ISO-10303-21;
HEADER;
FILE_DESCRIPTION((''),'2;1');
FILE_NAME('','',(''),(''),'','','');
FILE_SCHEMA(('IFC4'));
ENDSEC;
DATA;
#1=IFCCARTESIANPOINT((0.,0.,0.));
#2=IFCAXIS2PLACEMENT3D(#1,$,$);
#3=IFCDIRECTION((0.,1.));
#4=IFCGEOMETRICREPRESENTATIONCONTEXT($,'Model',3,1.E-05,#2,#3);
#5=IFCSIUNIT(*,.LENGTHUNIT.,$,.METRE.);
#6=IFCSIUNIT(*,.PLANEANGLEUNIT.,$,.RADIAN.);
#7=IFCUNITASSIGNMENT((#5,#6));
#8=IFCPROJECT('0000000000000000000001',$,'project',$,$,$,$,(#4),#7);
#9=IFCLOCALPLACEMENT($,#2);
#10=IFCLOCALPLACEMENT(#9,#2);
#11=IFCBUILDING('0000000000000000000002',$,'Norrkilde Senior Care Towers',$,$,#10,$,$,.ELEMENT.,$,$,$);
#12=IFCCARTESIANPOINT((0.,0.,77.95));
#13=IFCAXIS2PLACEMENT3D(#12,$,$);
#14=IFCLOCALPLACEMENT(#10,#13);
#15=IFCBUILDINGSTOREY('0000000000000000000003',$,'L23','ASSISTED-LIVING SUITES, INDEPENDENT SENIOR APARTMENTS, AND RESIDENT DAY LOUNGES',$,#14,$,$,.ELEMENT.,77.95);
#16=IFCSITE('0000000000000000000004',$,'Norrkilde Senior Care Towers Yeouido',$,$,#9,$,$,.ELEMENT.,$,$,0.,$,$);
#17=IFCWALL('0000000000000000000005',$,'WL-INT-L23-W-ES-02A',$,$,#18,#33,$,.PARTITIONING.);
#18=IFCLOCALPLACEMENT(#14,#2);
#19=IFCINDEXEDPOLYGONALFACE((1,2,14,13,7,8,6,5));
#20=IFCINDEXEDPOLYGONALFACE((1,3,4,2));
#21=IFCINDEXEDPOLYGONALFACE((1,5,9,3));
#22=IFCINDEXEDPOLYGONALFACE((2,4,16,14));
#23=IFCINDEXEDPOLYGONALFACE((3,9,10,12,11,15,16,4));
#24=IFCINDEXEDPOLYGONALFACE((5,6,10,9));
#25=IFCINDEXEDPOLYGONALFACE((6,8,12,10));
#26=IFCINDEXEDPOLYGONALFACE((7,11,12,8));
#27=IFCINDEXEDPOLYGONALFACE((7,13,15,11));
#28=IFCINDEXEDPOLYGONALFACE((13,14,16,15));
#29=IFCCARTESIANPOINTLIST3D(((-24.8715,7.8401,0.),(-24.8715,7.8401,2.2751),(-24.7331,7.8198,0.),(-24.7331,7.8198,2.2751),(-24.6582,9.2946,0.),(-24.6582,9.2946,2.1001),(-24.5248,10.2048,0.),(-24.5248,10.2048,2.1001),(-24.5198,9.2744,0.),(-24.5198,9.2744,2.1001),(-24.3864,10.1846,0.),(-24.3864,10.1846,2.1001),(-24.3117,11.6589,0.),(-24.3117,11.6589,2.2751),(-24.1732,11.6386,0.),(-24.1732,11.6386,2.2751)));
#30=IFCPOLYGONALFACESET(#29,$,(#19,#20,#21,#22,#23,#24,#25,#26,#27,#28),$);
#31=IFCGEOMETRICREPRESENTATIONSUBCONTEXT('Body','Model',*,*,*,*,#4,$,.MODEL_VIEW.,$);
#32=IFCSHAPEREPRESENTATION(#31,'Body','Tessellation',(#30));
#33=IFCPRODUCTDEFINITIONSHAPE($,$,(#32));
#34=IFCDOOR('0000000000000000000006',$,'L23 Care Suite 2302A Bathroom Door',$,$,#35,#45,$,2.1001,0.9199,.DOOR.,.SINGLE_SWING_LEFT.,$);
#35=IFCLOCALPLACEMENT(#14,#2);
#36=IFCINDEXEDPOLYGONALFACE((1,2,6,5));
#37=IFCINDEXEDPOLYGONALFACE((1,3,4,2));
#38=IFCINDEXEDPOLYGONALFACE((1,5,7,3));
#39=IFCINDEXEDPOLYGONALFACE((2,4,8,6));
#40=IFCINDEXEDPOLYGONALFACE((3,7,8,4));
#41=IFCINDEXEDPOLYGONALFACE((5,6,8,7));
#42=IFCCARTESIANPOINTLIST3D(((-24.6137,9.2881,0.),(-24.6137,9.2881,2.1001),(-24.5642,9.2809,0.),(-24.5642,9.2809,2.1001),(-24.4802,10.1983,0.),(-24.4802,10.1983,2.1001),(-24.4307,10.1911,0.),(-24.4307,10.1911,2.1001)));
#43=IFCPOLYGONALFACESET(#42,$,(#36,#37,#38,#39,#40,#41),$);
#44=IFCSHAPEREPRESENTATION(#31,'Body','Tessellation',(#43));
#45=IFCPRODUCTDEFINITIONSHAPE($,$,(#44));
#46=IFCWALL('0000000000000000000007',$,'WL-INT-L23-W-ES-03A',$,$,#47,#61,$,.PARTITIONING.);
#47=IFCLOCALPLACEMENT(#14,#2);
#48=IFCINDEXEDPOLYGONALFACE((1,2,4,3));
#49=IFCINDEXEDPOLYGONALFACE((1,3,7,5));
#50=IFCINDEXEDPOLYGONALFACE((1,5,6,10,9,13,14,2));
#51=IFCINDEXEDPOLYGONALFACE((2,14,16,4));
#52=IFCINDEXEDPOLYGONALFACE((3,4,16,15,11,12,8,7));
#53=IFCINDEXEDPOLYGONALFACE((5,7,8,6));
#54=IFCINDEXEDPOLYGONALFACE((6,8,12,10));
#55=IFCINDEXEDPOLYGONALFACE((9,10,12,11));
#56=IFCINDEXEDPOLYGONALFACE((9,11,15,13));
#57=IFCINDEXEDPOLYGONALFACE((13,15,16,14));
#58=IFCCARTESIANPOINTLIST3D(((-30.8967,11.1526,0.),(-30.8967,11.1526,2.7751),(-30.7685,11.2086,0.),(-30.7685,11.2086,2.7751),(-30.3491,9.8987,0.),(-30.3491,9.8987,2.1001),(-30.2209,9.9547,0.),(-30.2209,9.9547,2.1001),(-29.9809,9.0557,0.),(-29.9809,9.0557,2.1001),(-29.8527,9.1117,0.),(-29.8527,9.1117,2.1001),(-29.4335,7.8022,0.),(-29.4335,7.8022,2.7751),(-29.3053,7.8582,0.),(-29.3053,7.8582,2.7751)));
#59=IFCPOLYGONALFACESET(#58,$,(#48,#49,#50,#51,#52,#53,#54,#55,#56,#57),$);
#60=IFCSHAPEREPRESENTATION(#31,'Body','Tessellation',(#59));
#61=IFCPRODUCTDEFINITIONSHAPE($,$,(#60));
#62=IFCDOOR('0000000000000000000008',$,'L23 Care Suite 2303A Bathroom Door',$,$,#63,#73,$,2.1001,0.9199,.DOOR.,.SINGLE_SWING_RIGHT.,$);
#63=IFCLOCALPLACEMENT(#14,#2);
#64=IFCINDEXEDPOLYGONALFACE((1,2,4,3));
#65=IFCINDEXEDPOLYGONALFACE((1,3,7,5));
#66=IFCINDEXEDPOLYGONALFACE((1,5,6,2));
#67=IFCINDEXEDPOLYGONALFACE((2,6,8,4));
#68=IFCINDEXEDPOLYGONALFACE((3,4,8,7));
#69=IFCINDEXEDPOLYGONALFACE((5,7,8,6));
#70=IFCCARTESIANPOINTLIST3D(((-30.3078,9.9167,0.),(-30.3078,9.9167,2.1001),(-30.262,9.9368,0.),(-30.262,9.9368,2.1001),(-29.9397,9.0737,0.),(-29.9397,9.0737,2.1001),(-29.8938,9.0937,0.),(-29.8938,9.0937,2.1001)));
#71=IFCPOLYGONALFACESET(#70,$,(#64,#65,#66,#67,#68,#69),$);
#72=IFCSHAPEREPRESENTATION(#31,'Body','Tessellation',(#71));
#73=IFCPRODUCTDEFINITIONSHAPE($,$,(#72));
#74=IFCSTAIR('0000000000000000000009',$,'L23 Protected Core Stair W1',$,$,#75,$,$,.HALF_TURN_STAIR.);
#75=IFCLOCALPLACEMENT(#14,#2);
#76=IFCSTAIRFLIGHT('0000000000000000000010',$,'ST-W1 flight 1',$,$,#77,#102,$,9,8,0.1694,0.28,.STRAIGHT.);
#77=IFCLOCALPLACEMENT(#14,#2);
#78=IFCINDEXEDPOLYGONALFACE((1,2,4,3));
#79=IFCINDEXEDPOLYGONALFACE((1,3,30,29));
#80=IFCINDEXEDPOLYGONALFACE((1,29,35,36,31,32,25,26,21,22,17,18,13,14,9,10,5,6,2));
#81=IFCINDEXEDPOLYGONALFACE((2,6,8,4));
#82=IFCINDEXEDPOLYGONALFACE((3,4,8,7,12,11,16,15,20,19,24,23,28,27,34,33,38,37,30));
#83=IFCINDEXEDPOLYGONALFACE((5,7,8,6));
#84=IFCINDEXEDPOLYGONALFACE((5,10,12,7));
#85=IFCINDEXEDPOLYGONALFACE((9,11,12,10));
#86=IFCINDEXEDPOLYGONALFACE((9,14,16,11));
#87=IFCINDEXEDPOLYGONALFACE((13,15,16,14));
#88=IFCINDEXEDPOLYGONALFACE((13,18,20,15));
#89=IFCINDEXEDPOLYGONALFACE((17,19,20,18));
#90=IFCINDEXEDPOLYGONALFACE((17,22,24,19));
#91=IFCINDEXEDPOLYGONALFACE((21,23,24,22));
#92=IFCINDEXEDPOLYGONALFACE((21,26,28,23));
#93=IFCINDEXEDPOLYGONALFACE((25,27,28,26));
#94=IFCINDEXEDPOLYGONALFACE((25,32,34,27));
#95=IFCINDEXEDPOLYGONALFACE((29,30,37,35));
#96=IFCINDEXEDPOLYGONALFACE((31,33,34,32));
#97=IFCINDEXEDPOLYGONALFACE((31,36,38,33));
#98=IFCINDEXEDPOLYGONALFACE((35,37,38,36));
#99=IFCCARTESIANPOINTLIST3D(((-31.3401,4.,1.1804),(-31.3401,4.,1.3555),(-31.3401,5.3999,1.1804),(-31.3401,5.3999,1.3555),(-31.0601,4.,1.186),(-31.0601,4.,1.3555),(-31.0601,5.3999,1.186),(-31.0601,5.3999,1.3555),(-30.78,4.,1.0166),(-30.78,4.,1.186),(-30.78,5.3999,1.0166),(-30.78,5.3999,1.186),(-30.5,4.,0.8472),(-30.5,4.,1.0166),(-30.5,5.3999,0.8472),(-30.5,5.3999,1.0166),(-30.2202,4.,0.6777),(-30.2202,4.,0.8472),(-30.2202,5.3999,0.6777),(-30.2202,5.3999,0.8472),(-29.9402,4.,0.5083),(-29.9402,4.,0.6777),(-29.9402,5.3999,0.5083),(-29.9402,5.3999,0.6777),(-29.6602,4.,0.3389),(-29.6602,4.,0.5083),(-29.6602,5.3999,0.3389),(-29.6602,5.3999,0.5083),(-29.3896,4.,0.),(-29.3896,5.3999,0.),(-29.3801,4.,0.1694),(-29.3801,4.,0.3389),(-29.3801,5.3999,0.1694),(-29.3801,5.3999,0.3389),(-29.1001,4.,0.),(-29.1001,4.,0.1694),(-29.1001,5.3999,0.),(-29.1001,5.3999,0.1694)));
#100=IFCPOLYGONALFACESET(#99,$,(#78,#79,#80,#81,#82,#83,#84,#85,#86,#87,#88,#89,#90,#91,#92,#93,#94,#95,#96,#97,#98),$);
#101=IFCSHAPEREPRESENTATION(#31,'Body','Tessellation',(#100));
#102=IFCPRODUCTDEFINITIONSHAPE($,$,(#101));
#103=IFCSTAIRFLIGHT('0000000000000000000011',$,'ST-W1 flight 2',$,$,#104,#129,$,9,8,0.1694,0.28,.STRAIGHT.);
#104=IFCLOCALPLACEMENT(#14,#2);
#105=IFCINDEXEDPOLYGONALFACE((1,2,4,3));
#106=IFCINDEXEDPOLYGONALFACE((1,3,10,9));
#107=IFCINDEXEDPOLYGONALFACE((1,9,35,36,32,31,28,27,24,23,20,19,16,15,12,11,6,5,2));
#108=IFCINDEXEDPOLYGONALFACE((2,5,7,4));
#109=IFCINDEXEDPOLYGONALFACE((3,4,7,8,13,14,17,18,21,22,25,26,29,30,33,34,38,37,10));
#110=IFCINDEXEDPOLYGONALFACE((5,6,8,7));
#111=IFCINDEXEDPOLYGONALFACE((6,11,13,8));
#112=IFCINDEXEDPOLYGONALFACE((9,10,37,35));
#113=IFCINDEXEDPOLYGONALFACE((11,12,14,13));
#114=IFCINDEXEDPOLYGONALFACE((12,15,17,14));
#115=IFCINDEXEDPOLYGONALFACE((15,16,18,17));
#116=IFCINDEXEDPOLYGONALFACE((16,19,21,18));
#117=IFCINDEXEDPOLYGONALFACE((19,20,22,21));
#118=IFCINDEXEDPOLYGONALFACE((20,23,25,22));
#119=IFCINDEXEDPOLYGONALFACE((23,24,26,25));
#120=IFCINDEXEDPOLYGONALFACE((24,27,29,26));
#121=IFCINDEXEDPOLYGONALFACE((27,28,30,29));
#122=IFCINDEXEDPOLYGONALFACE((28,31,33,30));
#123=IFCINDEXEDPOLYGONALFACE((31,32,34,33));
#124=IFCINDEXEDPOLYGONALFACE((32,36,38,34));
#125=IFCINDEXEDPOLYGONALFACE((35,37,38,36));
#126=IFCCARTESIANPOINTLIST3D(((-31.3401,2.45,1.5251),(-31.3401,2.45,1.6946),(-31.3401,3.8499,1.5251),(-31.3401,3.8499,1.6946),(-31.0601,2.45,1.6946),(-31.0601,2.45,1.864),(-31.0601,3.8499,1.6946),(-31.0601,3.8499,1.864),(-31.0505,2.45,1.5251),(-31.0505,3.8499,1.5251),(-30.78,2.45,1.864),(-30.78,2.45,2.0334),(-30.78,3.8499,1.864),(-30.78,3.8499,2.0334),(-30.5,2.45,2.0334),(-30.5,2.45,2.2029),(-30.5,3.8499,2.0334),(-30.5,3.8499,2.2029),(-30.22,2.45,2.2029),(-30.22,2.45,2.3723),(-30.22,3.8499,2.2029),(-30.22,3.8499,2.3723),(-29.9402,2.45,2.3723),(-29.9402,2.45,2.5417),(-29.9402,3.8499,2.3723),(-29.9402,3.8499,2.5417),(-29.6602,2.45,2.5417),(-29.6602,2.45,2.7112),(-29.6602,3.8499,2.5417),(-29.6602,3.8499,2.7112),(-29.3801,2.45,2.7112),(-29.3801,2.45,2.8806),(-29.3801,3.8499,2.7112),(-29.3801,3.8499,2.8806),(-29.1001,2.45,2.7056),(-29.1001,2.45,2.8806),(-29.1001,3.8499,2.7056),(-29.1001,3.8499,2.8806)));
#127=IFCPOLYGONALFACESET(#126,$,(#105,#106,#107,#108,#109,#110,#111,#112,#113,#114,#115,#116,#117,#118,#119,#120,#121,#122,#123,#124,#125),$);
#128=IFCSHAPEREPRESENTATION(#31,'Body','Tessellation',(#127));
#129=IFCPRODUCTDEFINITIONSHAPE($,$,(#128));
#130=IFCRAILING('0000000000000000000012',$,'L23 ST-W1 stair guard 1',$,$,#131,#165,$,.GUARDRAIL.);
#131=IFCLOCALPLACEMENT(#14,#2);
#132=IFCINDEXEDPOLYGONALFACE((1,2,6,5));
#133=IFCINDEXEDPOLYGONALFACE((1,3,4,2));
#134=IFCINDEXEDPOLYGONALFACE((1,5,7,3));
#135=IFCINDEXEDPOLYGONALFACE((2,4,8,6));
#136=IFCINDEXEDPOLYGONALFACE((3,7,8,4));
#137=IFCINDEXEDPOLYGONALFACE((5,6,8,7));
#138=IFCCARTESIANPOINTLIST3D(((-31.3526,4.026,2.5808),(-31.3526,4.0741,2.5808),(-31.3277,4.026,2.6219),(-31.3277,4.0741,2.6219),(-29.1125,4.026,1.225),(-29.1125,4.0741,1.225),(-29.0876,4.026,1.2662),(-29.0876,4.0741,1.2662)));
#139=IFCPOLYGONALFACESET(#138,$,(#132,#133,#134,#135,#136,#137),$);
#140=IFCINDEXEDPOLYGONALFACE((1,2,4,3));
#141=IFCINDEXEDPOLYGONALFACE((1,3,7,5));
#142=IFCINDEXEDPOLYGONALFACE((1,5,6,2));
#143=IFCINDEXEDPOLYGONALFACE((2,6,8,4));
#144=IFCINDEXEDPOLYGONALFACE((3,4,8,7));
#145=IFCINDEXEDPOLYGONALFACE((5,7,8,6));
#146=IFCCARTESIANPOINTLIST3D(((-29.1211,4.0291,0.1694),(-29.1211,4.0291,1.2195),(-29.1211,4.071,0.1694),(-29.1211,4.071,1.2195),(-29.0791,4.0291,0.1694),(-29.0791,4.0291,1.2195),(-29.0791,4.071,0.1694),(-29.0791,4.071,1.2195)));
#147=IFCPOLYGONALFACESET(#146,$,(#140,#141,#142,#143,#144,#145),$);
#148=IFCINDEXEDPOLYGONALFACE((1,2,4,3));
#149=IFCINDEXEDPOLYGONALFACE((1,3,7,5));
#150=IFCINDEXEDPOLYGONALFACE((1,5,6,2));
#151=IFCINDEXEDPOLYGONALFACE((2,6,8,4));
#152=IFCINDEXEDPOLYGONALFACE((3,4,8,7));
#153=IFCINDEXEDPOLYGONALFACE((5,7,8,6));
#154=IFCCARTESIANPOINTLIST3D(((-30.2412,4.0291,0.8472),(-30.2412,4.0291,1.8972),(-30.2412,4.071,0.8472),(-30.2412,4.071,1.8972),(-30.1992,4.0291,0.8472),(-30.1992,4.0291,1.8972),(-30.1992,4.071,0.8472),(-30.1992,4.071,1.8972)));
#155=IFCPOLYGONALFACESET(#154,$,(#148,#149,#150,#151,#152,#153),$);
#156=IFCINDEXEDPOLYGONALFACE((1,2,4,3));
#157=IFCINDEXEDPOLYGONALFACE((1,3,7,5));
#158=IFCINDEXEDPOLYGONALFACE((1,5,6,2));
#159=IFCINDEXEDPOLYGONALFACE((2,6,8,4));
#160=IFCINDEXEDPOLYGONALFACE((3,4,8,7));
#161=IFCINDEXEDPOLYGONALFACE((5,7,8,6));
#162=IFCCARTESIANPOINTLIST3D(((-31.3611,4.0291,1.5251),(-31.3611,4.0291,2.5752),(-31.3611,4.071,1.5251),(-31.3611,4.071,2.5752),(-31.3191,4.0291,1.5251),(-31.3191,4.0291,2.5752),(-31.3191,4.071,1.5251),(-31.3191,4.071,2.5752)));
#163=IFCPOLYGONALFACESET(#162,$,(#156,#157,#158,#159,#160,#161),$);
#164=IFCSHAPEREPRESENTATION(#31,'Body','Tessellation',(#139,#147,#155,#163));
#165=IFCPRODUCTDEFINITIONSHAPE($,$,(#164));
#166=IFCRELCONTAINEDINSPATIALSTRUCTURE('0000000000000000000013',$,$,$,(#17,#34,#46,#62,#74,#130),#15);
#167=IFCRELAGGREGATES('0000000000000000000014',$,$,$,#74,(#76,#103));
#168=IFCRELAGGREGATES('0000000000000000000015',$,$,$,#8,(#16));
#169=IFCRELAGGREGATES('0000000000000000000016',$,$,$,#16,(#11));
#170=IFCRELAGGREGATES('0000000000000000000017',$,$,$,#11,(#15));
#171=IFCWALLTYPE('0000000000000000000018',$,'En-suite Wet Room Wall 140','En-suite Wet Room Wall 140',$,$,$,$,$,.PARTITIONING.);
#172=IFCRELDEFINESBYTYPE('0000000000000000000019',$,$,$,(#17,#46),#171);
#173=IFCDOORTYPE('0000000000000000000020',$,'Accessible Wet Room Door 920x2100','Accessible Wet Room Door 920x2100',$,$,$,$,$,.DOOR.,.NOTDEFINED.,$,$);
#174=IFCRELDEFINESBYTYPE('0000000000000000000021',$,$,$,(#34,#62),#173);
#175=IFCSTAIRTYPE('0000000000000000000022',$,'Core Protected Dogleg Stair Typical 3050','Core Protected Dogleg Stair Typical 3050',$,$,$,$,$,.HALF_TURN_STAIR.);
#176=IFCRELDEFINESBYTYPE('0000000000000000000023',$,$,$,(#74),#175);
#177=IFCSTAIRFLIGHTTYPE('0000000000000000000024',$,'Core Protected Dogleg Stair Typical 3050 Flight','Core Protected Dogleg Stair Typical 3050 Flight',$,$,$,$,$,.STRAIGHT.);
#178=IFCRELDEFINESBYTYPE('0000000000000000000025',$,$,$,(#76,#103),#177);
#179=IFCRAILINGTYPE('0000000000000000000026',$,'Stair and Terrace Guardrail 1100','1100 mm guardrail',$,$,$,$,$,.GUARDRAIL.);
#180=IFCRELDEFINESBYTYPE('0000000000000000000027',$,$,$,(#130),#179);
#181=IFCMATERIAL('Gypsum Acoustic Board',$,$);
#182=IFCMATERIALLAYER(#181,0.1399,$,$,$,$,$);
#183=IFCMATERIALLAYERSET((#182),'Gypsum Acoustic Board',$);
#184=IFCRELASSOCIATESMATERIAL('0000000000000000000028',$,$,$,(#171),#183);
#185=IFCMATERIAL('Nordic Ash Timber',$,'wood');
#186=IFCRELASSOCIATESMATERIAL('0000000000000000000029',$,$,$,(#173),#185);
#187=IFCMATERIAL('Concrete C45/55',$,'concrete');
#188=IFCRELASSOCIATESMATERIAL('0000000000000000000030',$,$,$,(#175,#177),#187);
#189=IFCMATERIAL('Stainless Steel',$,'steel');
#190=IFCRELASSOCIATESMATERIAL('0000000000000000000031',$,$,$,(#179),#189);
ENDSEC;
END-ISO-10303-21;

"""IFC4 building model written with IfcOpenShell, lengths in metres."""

from ifc_helpers import new_model, si_unit, direction, frame, frame_2d, origin, origin_2d, place, context, subcontext, project, spatial, polyline, rectangle, outline, extrude, source, transform, mapped, material, layer, layer_set, type_object, type_shapes, element, fill, aggregate, save


model = new_model("IFC4")

# Units and contexts
model_context = context("Model", 3, precision=1e-05, world=origin(), true_north=direction((0.0, 1.0)))
body_context = subcontext(model_context, "Body", "Model", "MODEL_VIEW")
ifc_project = project(units=[si_unit("LENGTHUNIT", "METRE"), si_unit("PLANEANGLEUNIT", "RADIAN")], contexts=[model_context])

# Site, building, storey
site_placement = place(None, origin())
site = spatial("IfcSite", under=ifc_project, at=site_placement, Name="Norrkilde Senior Care Towers Yeouido", CompositionType="ELEMENT", RefElevation=0.0)
building_placement = place(site_placement, origin())
building = spatial("IfcBuilding", under=site, at=building_placement, Name="Norrkilde Senior Care Towers", CompositionType="ELEMENT")
storey_placement = place(building_placement, frame((0.0, 0.0, 77.95)))
storey = spatial("IfcBuildingStorey", under=building, at=storey_placement, Name="L23", Description="ASSISTED-LIVING SUITES, INDEPENDENT SENIOR APARTMENTS, AND RESIDENT DAY LOUNGES", CompositionType="ELEMENT", Elevation=77.95)

# Shared definitions
ifc_material_1 = material(Name="Concrete C45/55", Category="concrete")
ifc_material_2 = material(Name="Stainless Steel", Category="steel")

# Walls, openings, doors
ifc_material_3 = material(Name="Gypsum Acoustic Board")
ifc_layer_1 = layer(ifc_material_3, 0.1399)
ifc_layer_set_1 = layer_set([ifc_layer_1], Name="Gypsum Acoustic Board")
wall_type_1 = type_object("IfcWallType", Name="En-suite Wet Room Wall 140", Description="En-suite Wet Room Wall 140", PredefinedType="PARTITIONING", material=ifc_layer_set_1)
shared_shape_1 = source(origin(), body_context, "Body", "SweptSolid", [
    extrude(rectangle(XDim=3.8596, YDim=0.1399, at=frame_2d((1.9297, 0.0))), origin(), (0.0, 0.0, 1.0), 2.2751),
])
wall_1_placement = place(storey_placement, frame((-24.8022, 7.8301, 0.0), z_axis=(0.0, 0.0, 1.0), x_axis=(0.145042, 0.989425, 0.0)))
wall_1 = element("IfcWall", 1, at=wall_1_placement, inside=storey, type_object=wall_type_1, Name="WL-INT-L23-W-ES-02A", PredefinedType="PARTITIONING", context=body_context, shape_type="MappedRepresentation", body=[
    mapped(shared_shape_1, transform((0.0, 0.0, 0.0), x_axis=(1.0, 0.0, 0.0), y_axis=(0.0, 1.0, 0.0), z_axis=(0.0, 0.0, 1.0), scale=1.0)),
])
opening_1_placement = place(wall_1_placement, frame((1.47, 0.0, 0.0)))
opening_1 = element("IfcOpeningElement", 2, at=opening_1_placement, cuts=wall_1, PredefinedType="OPENING", context=body_context, shape_type="SweptSolid", body=[
    extrude(rectangle(XDim=0.9199, YDim=2.1001, at=frame_2d((0.46, 1.05))), frame((0.0, 0.0798, 0.0), z_axis=(0.0, -1.0, 0.0), x_axis=(1.0, 0.0, 0.0)), (0.0, 0.0, 1.0), 0.1599),
])
ifc_material_4 = material(Name="Nordic Ash Timber", Category="wood")
door_type_1 = type_object("IfcDoorType", Name="Accessible Wet Room Door 920x2100", Description="Accessible Wet Room Door 920x2100", OperationType="NOTDEFINED", PredefinedType="DOOR", material=ifc_material_4)
shared_shape_2 = source(origin(), body_context, "Body", "SweptSolid", [
    extrude(rectangle(XDim=0.9199, YDim=2.1001, at=frame_2d((0.46, 1.05))), frame((0.0, 0.0249, 0.0), z_axis=(0.0, -1.0, 0.0), x_axis=(1.0, 0.0, 0.0)), (0.0, 0.0, 1.0), 0.05),
])
type_shapes(door_type_1, [shared_shape_2])
door_1_placement = place(opening_1_placement, origin())
door_1 = element("IfcDoor", 3, at=door_1_placement, inside=storey, type_object=door_type_1, Name="L23 Care Suite 2302A Bathroom Door", OperationType="SINGLE_SWING_LEFT", OverallHeight=2.1001, OverallWidth=0.9199, PredefinedType="DOOR", context=body_context, shape_type="MappedRepresentation", body=[
    mapped(shared_shape_2, transform((0.0, 0.0, 0.0), x_axis=(1.0, 0.0, 0.0), y_axis=(0.0, 1.0, 0.0), z_axis=(0.0, 0.0, 1.0), scale=1.0)),
])
fill(opening_1, door_1)
shared_shape_3 = source(origin(), body_context, "Body", "SweptSolid", [
    extrude(rectangle(XDim=3.656, YDim=0.1399, at=frame_2d((1.8281, 0.0))), origin(), (0.0, 0.0, 1.0), 2.7751),
])
type_shapes(wall_type_1, [shared_shape_1, shared_shape_3])
wall_2_placement = place(storey_placement, frame((-29.3694, 7.8301, 0.0), z_axis=(0.0, 0.0, 1.0), x_axis=(-0.400213, 0.916422, 0.0)))
wall_2 = element("IfcWall", 4, at=wall_2_placement, inside=storey, type_object=wall_type_1, Name="WL-INT-L23-W-ES-03A", PredefinedType="PARTITIONING", context=body_context, shape_type="MappedRepresentation", body=[
    mapped(shared_shape_3, transform((0.0, 0.0, 0.0), x_axis=(1.0, 0.0, 0.0), y_axis=(0.0, 1.0, 0.0), z_axis=(0.0, 0.0, 1.0), scale=1.0)),
])
opening_2_placement = place(wall_2_placement, frame((1.3679, 0.0, 0.0)))
opening_2 = element("IfcOpeningElement", 5, at=opening_2_placement, cuts=wall_2, PredefinedType="OPENING", context=body_context, shape_type="SweptSolid", body=[
    extrude(rectangle(XDim=0.9199, YDim=2.1001, at=frame_2d((0.46, 1.05))), frame((0.0, 0.0798, 0.0), z_axis=(0.0, -1.0, 0.0), x_axis=(1.0, 0.0, 0.0)), (0.0, 0.0, 1.0), 0.1599),
])
door_2_placement = place(opening_2_placement, origin())
door_2 = element("IfcDoor", 6, at=door_2_placement, inside=storey, type_object=door_type_1, Name="L23 Care Suite 2303A Bathroom Door", OperationType="SINGLE_SWING_RIGHT", OverallHeight=2.1001, OverallWidth=0.9199, PredefinedType="DOOR", context=body_context, shape_type="MappedRepresentation", body=[
    mapped(shared_shape_2, transform((0.0, 0.0, 0.0), x_axis=(1.0, 0.0, 0.0), y_axis=(0.0, 1.0, 0.0), z_axis=(0.0, 0.0, 1.0), scale=1.0)),
])
fill(opening_2, door_2)

# Stair, stair flights
stair_type = type_object("IfcStairType", Name="Core Protected Dogleg Stair Typical 3050", Description="Core Protected Dogleg Stair Typical 3050", PredefinedType="HALF_TURN_STAIR", material=ifc_material_1)
stair_placement = place(storey_placement, origin())
stair = element("IfcStair", 7, at=stair_placement, inside=storey, type_object=stair_type, Name="L23 Protected Core Stair W1", PredefinedType="HALF_TURN_STAIR")
stair_flight_type = type_object("IfcStairFlightType", Name="Core Protected Dogleg Stair Typical 3050 Flight", Description="Core Protected Dogleg Stair Typical 3050 Flight", PredefinedType="STRAIGHT", material=ifc_material_1)
stair_flight_1_placement = place(storey_placement, frame((-29.1001, 4.7, 0.0), z_axis=(0.0, 0.0, 1.0), x_axis=(-1.0, 0.0, 0.0)))
stair_flight_1 = element("IfcStairFlight", 8, at=stair_flight_1_placement, type_object=stair_flight_type, Name="ST-W1 flight 1", NumberOfRisers=9, NumberOfTreads=8, PredefinedType="STRAIGHT", RiserHeight=0.1694, TreadLength=0.28, context=body_context, shape_type="SweptSolid", body=[
    extrude(outline(polyline([(0.0, 0.0), (0.0, 0.1694), (0.28, 0.1694), (0.28, 0.3389), (0.5601, 0.3389), (0.5601, 0.5083), (0.8401, 0.5083), (0.8401, 0.6777), (1.1201, 0.6777), (1.1201, 0.8472), (1.3999, 0.8472), (1.3999, 1.0166), (1.6799, 1.0166), (1.6799, 1.186), (1.96, 1.186), (1.96, 1.3555), (2.24, 1.3555), (2.24, 1.5249), (2.24, 1.1804), (0.2896, 0.0), (0.0, 0.0)])), frame((0.0, 0.7, 0.0), z_axis=(0.0, -1.0, 0.0), x_axis=(1.0, 0.0, 0.0)), (0.0, 0.0, 1.0), 1.3999),
])
stair_flight_2_placement = place(storey_placement, frame((-31.3401, 3.1499, 1.5251), z_axis=(0.0, 0.0, 1.0), x_axis=(1.0, 0.0, 0.0)))
stair_flight_2 = element("IfcStairFlight", 9, at=stair_flight_2_placement, type_object=stair_flight_type, Name="ST-W1 flight 2", NumberOfRisers=9, NumberOfTreads=8, PredefinedType="STRAIGHT", RiserHeight=0.1694, TreadLength=0.28, context=body_context, shape_type="SweptSolid", body=[
    extrude(outline(polyline([(0.0, 0.0), (0.0, 0.1694), (0.28, 0.1694), (0.28, 0.3389), (0.5601, 0.3389), (0.5601, 0.5083), (0.8401, 0.5083), (0.8401, 0.6777), (1.1201, 0.6777), (1.1201, 0.8472), (1.3999, 0.8472), (1.3999, 1.0166), (1.6799, 1.0166), (1.6799, 1.186), (1.96, 1.186), (1.96, 1.3555), (2.24, 1.3555), (2.24, 1.5249), (2.24, 1.1804), (0.2896, 0.0), (0.0, 0.0)])), frame((0.0, 0.7, 0.0), z_axis=(0.0, -1.0, 0.0), x_axis=(1.0, 0.0, 0.0)), (0.0, 0.0, 1.0), 1.3999),
])
aggregate(stair, [stair_flight_1, stair_flight_2])

# Railing
railing_type_1 = type_object("IfcRailingType", Name="Stair and Terrace Guardrail 1100", Description="1100 mm guardrail", PredefinedType="GUARDRAIL", material=ifc_material_2)
railing_1_placement = place(storey_placement, frame((-29.1001, 4.05, 0.1694)))
element("IfcRailing", 10, at=railing_1_placement, inside=storey, type_object=railing_type_1, Name="L23 ST-W1 stair guard 1", PredefinedType="GUARDRAIL", context=body_context, shape_type="SweptSolid", body=[
    extrude(rectangle(XDim=0.0481, YDim=0.0481, at=origin_2d()), frame((0.0, 0.0, 1.0762), z_axis=(-0.855512, 0.0, 0.517783), x_axis=(0.0, -1.0, 0.0)), (0.0, 0.0, 1.0), 2.6184),
    extrude(rectangle(XDim=0.042, YDim=0.042, at=origin_2d()), origin(), (0.0, 0.0, 1.0), 1.05),
    extrude(rectangle(XDim=0.042, YDim=0.042, at=origin_2d()), frame((-1.1201, 0.0, 0.6777)), (0.0, 0.0, 1.0), 1.05),
    extrude(rectangle(XDim=0.042, YDim=0.042, at=origin_2d()), frame((-2.24, 0.0, 1.3557)), (0.0, 0.0, 1.0), 1.05),
])

save(model, "model.ifc")
